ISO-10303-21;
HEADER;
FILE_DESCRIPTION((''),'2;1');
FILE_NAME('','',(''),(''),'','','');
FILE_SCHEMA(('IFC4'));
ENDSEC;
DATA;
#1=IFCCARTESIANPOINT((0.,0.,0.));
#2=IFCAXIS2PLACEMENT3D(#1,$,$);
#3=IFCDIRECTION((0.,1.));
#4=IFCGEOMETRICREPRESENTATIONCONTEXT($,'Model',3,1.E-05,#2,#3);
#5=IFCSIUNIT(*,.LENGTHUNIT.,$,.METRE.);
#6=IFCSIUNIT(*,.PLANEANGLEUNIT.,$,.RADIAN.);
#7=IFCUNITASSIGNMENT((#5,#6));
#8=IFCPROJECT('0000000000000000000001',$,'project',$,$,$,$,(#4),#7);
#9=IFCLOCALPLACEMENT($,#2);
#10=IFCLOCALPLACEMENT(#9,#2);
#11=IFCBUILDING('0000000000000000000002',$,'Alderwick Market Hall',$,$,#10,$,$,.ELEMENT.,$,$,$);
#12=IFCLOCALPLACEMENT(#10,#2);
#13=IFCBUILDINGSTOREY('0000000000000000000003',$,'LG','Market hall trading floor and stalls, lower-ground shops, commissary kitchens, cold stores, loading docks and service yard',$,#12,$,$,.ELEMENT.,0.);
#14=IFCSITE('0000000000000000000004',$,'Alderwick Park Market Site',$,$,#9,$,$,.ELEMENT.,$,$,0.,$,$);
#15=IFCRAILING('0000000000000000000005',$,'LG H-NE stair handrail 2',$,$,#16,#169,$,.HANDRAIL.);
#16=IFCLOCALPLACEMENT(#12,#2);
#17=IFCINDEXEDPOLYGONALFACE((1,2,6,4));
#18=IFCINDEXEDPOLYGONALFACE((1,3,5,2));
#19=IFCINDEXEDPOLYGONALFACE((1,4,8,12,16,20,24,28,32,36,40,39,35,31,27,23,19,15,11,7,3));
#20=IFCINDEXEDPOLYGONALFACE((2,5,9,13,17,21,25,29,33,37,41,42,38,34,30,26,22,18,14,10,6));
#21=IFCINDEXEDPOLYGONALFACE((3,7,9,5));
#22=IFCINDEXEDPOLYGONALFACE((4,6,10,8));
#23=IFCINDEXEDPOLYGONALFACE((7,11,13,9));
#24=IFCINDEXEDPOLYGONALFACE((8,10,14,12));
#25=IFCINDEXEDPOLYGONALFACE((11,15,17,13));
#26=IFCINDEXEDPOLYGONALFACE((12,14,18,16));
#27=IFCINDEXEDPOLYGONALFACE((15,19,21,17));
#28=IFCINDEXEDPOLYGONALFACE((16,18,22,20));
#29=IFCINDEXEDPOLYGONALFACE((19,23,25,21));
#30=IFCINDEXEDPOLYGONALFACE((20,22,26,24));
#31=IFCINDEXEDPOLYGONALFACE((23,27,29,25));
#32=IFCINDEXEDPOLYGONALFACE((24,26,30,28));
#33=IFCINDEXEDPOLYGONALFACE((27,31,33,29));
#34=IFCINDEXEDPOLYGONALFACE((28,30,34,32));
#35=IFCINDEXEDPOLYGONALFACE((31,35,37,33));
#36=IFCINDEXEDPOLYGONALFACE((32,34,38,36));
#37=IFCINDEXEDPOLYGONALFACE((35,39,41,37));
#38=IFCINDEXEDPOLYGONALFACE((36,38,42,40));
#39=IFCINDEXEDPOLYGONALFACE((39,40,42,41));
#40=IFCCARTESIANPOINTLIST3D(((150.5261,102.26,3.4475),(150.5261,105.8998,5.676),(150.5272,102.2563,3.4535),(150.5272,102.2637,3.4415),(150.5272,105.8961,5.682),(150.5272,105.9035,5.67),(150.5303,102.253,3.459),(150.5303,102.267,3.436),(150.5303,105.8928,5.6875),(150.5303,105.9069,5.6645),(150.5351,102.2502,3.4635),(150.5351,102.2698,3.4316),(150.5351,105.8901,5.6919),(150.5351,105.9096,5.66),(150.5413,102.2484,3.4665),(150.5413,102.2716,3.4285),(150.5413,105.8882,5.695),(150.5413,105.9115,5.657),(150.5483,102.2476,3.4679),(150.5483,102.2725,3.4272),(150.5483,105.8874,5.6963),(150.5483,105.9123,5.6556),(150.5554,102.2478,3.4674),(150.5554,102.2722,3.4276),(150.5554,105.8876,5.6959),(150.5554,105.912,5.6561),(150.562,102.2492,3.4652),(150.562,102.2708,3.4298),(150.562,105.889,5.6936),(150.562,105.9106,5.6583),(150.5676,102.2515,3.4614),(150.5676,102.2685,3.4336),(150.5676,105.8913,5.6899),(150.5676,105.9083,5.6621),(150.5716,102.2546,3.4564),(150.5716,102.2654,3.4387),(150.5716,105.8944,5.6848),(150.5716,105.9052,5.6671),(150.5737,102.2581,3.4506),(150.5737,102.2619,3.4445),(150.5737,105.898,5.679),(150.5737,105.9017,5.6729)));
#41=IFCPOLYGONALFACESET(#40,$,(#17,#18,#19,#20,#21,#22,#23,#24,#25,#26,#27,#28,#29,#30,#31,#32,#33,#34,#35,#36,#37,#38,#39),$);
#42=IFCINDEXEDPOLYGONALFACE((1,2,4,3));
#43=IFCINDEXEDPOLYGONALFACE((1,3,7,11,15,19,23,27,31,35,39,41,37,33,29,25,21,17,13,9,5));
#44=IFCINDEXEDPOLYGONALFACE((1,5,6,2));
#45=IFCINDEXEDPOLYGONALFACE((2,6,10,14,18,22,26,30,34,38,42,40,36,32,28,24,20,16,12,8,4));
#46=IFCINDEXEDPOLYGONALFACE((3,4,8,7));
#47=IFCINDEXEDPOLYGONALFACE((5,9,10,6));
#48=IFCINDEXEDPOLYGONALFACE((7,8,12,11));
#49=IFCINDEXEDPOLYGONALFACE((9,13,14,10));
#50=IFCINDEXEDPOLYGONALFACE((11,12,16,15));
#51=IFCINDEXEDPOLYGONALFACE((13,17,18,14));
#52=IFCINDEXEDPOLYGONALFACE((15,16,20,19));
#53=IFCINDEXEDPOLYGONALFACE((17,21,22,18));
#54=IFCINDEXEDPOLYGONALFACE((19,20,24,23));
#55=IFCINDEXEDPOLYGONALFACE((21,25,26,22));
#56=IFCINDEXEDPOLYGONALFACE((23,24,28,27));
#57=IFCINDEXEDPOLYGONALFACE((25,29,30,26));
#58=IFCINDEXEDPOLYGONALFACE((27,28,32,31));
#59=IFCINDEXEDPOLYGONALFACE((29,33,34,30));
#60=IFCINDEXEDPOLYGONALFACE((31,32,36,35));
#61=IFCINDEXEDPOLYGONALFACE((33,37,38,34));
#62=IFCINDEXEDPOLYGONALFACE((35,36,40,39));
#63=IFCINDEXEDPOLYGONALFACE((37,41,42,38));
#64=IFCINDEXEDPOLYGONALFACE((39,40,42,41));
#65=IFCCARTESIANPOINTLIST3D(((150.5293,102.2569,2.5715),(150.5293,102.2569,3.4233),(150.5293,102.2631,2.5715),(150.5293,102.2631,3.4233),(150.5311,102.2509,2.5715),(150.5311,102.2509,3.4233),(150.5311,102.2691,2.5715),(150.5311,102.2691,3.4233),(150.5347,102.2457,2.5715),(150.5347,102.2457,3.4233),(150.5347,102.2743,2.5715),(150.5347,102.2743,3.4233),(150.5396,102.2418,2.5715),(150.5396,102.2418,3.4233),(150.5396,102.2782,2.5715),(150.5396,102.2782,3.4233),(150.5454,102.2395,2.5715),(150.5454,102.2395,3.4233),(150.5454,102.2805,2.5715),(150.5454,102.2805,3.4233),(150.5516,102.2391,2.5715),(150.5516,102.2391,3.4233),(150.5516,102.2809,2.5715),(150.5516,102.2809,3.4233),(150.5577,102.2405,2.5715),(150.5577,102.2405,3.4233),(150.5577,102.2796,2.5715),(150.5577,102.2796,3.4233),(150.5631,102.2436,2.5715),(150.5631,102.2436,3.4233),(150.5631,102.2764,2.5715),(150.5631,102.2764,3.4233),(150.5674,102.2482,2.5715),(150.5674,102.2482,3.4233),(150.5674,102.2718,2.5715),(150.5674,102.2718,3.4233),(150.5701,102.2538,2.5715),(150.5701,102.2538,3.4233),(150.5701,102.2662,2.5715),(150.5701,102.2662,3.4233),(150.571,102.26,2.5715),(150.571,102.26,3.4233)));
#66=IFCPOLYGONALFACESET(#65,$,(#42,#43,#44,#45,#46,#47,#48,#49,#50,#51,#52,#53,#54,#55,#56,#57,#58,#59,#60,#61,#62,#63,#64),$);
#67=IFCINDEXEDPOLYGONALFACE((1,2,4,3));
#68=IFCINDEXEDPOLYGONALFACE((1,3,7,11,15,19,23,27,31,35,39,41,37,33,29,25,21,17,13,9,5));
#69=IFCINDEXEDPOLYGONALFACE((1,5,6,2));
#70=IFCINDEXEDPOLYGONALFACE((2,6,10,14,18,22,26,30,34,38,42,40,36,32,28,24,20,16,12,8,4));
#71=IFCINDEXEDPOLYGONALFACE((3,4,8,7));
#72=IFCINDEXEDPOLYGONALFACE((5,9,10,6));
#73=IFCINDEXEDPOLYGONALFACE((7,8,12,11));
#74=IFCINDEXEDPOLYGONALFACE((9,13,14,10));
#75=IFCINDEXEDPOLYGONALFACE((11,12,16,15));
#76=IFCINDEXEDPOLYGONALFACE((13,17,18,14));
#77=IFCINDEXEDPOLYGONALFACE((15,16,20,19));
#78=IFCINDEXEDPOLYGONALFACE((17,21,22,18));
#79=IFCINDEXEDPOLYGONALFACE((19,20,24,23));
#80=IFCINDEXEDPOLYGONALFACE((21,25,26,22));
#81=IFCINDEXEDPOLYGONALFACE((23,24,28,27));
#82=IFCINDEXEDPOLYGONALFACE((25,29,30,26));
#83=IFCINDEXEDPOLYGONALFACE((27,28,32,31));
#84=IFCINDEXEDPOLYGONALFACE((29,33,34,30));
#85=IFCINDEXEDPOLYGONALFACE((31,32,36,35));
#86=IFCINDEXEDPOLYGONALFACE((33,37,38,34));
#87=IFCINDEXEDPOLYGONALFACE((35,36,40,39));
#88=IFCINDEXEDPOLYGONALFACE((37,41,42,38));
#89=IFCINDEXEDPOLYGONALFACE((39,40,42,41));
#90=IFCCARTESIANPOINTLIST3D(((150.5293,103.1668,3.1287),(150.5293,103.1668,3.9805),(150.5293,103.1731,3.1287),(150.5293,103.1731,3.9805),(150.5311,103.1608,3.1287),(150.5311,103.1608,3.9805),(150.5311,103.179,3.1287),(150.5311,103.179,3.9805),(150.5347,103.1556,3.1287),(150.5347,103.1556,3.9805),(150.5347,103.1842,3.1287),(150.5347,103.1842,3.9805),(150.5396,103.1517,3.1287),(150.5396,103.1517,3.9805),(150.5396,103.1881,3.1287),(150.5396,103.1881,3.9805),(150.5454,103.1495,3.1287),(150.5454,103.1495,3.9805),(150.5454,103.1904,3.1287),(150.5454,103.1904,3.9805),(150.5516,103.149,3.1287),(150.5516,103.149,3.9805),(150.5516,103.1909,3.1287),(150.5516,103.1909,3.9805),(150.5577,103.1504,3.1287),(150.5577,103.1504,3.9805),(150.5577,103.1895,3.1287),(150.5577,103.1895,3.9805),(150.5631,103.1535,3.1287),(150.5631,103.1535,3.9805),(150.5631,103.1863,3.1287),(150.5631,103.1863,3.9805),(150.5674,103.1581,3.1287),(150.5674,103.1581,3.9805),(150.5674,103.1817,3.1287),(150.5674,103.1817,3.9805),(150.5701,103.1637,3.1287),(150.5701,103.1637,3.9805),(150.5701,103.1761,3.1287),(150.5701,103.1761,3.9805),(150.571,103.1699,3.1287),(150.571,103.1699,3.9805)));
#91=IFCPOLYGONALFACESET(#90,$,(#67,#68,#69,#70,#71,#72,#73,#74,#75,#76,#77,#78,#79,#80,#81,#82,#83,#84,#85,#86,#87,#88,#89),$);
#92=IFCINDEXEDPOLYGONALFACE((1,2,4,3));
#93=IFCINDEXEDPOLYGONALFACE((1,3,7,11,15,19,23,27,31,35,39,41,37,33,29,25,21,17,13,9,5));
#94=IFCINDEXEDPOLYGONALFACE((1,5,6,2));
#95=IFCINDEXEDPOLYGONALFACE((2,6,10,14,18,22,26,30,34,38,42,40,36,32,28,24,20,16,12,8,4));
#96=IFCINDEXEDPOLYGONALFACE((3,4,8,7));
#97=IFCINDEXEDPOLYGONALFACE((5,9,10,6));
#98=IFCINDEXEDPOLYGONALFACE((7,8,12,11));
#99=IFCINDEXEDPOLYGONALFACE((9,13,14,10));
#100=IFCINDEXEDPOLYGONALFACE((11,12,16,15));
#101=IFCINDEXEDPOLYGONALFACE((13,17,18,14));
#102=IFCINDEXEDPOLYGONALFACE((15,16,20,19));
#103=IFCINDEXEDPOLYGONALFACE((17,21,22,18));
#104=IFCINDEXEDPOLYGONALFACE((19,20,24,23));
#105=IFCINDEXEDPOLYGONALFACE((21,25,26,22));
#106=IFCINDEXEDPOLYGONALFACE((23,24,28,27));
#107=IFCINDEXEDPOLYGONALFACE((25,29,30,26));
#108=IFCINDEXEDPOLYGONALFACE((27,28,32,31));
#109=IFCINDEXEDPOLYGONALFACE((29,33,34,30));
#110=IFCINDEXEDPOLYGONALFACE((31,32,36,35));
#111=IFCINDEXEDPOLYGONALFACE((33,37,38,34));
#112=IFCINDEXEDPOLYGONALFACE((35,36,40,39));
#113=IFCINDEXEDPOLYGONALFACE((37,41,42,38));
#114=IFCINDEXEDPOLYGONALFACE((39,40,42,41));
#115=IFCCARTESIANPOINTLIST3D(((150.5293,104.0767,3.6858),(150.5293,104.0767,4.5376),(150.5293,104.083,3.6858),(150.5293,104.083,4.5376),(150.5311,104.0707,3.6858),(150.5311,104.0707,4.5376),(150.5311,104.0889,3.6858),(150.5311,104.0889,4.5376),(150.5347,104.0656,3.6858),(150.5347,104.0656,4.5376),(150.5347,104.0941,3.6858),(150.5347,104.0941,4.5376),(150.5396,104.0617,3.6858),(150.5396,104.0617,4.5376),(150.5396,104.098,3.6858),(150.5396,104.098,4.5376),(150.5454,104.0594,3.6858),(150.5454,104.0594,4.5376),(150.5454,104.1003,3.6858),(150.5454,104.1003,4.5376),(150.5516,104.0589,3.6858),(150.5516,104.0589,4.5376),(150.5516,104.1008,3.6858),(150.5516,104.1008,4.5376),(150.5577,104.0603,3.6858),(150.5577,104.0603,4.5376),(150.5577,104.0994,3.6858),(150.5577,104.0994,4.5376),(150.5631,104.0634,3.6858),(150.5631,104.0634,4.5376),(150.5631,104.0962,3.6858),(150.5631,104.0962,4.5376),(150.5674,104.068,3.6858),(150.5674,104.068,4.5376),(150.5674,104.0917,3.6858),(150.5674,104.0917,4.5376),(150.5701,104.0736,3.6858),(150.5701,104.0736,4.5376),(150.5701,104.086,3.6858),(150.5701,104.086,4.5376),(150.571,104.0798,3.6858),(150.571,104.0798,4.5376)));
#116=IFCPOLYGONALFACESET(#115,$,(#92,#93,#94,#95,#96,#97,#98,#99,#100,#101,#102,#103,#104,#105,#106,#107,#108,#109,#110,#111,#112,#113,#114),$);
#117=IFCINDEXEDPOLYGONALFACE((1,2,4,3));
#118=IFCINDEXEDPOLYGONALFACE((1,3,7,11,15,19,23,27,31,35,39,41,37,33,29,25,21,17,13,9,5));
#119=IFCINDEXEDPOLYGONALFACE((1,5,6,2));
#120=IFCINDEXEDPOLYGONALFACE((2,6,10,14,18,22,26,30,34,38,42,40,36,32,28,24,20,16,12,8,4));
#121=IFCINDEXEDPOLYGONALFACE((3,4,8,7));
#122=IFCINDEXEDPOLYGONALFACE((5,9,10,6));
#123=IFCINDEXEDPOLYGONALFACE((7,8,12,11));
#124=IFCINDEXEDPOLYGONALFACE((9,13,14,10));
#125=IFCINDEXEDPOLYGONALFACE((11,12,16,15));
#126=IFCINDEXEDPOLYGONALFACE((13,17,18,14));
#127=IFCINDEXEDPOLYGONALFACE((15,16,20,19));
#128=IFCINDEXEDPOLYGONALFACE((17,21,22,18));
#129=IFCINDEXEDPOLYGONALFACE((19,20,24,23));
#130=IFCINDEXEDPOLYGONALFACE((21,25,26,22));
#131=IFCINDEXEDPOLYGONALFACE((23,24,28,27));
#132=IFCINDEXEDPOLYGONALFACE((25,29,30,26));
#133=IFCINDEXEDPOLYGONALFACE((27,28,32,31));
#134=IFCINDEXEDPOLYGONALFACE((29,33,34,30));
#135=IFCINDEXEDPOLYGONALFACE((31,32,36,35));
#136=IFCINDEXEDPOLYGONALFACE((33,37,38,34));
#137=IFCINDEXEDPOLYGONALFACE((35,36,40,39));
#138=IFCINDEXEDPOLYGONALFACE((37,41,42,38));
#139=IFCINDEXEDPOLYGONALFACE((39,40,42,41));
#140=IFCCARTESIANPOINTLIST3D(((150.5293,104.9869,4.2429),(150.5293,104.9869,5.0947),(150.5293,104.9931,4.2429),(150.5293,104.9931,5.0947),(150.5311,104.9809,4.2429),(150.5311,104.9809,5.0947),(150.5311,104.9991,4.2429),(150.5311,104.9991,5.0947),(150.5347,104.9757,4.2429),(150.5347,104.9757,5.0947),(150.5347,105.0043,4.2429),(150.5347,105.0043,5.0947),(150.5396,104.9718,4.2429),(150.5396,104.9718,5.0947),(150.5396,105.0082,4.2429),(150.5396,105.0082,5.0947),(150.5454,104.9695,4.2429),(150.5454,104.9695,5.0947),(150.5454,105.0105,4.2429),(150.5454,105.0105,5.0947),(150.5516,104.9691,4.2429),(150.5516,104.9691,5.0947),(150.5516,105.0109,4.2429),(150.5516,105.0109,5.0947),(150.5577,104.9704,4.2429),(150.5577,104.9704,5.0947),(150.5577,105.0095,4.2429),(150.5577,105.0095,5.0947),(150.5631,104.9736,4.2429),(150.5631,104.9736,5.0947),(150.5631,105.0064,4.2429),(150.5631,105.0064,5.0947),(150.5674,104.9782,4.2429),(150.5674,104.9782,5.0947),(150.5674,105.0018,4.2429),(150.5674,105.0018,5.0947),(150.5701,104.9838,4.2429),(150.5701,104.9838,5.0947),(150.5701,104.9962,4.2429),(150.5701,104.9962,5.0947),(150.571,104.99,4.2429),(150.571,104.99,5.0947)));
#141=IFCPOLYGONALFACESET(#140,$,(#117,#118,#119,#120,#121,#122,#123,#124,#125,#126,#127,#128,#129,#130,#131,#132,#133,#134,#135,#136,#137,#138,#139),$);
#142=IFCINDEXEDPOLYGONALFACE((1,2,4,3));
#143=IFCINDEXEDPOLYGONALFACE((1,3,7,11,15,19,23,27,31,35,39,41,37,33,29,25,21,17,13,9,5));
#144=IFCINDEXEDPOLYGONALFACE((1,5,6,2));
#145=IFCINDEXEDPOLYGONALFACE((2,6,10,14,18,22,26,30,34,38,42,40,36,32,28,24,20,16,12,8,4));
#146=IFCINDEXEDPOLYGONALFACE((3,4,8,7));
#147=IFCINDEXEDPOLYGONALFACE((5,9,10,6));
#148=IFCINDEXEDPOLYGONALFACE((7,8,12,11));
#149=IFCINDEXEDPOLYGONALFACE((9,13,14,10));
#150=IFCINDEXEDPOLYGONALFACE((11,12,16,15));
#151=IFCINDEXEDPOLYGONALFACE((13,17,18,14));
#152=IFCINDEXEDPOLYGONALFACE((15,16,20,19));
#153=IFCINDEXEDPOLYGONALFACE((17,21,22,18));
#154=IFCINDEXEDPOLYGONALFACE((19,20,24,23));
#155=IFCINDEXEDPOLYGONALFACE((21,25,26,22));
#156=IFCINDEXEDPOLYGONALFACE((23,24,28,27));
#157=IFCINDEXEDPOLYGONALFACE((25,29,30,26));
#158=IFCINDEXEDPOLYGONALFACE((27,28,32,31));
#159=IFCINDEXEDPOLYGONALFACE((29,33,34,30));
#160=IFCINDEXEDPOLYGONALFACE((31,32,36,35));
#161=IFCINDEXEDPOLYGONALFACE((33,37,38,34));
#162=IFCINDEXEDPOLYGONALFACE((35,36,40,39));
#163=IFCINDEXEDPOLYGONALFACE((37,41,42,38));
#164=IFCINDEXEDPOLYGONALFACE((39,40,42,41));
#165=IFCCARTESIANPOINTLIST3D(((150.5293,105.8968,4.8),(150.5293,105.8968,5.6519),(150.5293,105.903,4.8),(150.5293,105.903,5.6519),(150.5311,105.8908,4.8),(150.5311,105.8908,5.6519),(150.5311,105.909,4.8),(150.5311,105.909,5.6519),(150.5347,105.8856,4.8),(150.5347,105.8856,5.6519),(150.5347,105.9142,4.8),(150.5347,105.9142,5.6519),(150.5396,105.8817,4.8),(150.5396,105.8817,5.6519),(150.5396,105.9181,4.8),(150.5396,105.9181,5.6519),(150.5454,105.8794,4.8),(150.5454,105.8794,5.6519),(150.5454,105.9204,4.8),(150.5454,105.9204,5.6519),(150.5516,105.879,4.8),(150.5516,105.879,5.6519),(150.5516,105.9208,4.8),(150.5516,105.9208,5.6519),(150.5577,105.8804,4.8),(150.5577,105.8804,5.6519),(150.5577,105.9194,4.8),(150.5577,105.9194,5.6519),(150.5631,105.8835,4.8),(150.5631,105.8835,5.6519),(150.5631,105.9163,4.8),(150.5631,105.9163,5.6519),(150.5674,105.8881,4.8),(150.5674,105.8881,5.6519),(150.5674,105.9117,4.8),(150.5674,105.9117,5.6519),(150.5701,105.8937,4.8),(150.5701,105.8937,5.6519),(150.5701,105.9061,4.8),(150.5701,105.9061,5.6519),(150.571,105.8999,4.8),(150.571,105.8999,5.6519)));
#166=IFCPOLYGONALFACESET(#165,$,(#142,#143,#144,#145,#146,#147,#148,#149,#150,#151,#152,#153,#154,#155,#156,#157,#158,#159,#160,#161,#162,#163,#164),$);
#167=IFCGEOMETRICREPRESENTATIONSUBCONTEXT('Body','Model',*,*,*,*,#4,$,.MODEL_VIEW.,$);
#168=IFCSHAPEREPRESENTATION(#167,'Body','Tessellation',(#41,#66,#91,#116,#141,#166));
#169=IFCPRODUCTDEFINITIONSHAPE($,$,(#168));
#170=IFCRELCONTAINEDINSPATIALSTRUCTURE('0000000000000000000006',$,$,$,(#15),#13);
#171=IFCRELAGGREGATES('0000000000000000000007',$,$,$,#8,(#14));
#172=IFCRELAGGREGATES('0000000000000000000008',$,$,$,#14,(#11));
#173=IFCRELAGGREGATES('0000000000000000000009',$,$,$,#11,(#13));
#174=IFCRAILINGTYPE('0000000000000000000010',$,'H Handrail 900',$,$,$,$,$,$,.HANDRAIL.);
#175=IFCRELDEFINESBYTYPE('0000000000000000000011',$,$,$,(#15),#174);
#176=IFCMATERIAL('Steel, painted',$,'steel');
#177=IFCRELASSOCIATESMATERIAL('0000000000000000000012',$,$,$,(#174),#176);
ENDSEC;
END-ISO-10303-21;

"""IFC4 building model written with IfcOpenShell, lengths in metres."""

from ifc_helpers import new_model, si_unit, direction, frame, origin, origin_2d, place, context, subcontext, project, spatial, circle, extrude, material, type_object, element, save


model = new_model("IFC4")

# Units and contexts
model_context = context("Model", 3, precision=1e-05, world=origin(), true_north=direction((0.0, 1.0)))
body_context = subcontext(model_context, "Body", "Model", "MODEL_VIEW")
ifc_project = project(units=[si_unit("LENGTHUNIT", "METRE"), si_unit("PLANEANGLEUNIT", "RADIAN")], contexts=[model_context])

# Site, building, storey
site_placement = place(None, origin())
site = spatial("IfcSite", under=ifc_project, at=site_placement, Name="Alderwick Park Market Site", CompositionType="ELEMENT", RefElevation=0.0)
building_placement = place(site_placement, origin())
building = spatial("IfcBuilding", under=site, at=building_placement, Name="Alderwick Market Hall", CompositionType="ELEMENT")
storey_placement = place(building_placement, origin())
storey = spatial("IfcBuildingStorey", under=building, at=storey_placement, Name="LG", Description="Market hall trading floor and stalls, lower-ground shops, commissary kitchens, cold stores, loading docks and service yard", CompositionType="ELEMENT", Elevation=0.0)

# Railing
ifc_material_1 = material(Name="Steel, painted", Category="steel")
railing_type_1 = type_object("IfcRailingType", Name="H Handrail 900", PredefinedType="HANDRAIL", material=ifc_material_1)
railing_1_placement = place(storey_placement, frame((150.55, 102.26, 2.5715)))
element("IfcRailing", 1, at=railing_1_placement, inside=storey, type_object=railing_type_1, Name="LG H-NE stair handrail 2", PredefinedType="HANDRAIL", context=body_context, shape_type="SweptSolid", body=[
    extrude(circle(Radius=0.0239, at=origin_2d()), frame((0.0, 0.0, 0.876), z_axis=(0.0, 0.85285, 0.522156), x_axis=(-1.0, 0.0, 0.0)), (0.0, 0.0, 1.0), 4.2678),
    extrude(circle(Radius=0.021, at=origin_2d()), origin(), (0.0, 0.0, 1.0), 0.8518),
    extrude(circle(Radius=0.021, at=origin_2d()), frame((0.0, 0.9099, 0.5571)), (0.0, 0.0, 1.0), 0.8518),
    extrude(circle(Radius=0.021, at=origin_2d()), frame((0.0, 1.8198, 1.1143)), (0.0, 0.0, 1.0), 0.8518),
    extrude(circle(Radius=0.021, at=origin_2d()), frame((0.0, 2.73, 1.6714)), (0.0, 0.0, 1.0), 0.8518),
    extrude(circle(Radius=0.021, at=origin_2d()), frame((0.0, 3.6399, 2.2285)), (0.0, 0.0, 1.0), 0.8518),
])

save(model, "model.ifc")
